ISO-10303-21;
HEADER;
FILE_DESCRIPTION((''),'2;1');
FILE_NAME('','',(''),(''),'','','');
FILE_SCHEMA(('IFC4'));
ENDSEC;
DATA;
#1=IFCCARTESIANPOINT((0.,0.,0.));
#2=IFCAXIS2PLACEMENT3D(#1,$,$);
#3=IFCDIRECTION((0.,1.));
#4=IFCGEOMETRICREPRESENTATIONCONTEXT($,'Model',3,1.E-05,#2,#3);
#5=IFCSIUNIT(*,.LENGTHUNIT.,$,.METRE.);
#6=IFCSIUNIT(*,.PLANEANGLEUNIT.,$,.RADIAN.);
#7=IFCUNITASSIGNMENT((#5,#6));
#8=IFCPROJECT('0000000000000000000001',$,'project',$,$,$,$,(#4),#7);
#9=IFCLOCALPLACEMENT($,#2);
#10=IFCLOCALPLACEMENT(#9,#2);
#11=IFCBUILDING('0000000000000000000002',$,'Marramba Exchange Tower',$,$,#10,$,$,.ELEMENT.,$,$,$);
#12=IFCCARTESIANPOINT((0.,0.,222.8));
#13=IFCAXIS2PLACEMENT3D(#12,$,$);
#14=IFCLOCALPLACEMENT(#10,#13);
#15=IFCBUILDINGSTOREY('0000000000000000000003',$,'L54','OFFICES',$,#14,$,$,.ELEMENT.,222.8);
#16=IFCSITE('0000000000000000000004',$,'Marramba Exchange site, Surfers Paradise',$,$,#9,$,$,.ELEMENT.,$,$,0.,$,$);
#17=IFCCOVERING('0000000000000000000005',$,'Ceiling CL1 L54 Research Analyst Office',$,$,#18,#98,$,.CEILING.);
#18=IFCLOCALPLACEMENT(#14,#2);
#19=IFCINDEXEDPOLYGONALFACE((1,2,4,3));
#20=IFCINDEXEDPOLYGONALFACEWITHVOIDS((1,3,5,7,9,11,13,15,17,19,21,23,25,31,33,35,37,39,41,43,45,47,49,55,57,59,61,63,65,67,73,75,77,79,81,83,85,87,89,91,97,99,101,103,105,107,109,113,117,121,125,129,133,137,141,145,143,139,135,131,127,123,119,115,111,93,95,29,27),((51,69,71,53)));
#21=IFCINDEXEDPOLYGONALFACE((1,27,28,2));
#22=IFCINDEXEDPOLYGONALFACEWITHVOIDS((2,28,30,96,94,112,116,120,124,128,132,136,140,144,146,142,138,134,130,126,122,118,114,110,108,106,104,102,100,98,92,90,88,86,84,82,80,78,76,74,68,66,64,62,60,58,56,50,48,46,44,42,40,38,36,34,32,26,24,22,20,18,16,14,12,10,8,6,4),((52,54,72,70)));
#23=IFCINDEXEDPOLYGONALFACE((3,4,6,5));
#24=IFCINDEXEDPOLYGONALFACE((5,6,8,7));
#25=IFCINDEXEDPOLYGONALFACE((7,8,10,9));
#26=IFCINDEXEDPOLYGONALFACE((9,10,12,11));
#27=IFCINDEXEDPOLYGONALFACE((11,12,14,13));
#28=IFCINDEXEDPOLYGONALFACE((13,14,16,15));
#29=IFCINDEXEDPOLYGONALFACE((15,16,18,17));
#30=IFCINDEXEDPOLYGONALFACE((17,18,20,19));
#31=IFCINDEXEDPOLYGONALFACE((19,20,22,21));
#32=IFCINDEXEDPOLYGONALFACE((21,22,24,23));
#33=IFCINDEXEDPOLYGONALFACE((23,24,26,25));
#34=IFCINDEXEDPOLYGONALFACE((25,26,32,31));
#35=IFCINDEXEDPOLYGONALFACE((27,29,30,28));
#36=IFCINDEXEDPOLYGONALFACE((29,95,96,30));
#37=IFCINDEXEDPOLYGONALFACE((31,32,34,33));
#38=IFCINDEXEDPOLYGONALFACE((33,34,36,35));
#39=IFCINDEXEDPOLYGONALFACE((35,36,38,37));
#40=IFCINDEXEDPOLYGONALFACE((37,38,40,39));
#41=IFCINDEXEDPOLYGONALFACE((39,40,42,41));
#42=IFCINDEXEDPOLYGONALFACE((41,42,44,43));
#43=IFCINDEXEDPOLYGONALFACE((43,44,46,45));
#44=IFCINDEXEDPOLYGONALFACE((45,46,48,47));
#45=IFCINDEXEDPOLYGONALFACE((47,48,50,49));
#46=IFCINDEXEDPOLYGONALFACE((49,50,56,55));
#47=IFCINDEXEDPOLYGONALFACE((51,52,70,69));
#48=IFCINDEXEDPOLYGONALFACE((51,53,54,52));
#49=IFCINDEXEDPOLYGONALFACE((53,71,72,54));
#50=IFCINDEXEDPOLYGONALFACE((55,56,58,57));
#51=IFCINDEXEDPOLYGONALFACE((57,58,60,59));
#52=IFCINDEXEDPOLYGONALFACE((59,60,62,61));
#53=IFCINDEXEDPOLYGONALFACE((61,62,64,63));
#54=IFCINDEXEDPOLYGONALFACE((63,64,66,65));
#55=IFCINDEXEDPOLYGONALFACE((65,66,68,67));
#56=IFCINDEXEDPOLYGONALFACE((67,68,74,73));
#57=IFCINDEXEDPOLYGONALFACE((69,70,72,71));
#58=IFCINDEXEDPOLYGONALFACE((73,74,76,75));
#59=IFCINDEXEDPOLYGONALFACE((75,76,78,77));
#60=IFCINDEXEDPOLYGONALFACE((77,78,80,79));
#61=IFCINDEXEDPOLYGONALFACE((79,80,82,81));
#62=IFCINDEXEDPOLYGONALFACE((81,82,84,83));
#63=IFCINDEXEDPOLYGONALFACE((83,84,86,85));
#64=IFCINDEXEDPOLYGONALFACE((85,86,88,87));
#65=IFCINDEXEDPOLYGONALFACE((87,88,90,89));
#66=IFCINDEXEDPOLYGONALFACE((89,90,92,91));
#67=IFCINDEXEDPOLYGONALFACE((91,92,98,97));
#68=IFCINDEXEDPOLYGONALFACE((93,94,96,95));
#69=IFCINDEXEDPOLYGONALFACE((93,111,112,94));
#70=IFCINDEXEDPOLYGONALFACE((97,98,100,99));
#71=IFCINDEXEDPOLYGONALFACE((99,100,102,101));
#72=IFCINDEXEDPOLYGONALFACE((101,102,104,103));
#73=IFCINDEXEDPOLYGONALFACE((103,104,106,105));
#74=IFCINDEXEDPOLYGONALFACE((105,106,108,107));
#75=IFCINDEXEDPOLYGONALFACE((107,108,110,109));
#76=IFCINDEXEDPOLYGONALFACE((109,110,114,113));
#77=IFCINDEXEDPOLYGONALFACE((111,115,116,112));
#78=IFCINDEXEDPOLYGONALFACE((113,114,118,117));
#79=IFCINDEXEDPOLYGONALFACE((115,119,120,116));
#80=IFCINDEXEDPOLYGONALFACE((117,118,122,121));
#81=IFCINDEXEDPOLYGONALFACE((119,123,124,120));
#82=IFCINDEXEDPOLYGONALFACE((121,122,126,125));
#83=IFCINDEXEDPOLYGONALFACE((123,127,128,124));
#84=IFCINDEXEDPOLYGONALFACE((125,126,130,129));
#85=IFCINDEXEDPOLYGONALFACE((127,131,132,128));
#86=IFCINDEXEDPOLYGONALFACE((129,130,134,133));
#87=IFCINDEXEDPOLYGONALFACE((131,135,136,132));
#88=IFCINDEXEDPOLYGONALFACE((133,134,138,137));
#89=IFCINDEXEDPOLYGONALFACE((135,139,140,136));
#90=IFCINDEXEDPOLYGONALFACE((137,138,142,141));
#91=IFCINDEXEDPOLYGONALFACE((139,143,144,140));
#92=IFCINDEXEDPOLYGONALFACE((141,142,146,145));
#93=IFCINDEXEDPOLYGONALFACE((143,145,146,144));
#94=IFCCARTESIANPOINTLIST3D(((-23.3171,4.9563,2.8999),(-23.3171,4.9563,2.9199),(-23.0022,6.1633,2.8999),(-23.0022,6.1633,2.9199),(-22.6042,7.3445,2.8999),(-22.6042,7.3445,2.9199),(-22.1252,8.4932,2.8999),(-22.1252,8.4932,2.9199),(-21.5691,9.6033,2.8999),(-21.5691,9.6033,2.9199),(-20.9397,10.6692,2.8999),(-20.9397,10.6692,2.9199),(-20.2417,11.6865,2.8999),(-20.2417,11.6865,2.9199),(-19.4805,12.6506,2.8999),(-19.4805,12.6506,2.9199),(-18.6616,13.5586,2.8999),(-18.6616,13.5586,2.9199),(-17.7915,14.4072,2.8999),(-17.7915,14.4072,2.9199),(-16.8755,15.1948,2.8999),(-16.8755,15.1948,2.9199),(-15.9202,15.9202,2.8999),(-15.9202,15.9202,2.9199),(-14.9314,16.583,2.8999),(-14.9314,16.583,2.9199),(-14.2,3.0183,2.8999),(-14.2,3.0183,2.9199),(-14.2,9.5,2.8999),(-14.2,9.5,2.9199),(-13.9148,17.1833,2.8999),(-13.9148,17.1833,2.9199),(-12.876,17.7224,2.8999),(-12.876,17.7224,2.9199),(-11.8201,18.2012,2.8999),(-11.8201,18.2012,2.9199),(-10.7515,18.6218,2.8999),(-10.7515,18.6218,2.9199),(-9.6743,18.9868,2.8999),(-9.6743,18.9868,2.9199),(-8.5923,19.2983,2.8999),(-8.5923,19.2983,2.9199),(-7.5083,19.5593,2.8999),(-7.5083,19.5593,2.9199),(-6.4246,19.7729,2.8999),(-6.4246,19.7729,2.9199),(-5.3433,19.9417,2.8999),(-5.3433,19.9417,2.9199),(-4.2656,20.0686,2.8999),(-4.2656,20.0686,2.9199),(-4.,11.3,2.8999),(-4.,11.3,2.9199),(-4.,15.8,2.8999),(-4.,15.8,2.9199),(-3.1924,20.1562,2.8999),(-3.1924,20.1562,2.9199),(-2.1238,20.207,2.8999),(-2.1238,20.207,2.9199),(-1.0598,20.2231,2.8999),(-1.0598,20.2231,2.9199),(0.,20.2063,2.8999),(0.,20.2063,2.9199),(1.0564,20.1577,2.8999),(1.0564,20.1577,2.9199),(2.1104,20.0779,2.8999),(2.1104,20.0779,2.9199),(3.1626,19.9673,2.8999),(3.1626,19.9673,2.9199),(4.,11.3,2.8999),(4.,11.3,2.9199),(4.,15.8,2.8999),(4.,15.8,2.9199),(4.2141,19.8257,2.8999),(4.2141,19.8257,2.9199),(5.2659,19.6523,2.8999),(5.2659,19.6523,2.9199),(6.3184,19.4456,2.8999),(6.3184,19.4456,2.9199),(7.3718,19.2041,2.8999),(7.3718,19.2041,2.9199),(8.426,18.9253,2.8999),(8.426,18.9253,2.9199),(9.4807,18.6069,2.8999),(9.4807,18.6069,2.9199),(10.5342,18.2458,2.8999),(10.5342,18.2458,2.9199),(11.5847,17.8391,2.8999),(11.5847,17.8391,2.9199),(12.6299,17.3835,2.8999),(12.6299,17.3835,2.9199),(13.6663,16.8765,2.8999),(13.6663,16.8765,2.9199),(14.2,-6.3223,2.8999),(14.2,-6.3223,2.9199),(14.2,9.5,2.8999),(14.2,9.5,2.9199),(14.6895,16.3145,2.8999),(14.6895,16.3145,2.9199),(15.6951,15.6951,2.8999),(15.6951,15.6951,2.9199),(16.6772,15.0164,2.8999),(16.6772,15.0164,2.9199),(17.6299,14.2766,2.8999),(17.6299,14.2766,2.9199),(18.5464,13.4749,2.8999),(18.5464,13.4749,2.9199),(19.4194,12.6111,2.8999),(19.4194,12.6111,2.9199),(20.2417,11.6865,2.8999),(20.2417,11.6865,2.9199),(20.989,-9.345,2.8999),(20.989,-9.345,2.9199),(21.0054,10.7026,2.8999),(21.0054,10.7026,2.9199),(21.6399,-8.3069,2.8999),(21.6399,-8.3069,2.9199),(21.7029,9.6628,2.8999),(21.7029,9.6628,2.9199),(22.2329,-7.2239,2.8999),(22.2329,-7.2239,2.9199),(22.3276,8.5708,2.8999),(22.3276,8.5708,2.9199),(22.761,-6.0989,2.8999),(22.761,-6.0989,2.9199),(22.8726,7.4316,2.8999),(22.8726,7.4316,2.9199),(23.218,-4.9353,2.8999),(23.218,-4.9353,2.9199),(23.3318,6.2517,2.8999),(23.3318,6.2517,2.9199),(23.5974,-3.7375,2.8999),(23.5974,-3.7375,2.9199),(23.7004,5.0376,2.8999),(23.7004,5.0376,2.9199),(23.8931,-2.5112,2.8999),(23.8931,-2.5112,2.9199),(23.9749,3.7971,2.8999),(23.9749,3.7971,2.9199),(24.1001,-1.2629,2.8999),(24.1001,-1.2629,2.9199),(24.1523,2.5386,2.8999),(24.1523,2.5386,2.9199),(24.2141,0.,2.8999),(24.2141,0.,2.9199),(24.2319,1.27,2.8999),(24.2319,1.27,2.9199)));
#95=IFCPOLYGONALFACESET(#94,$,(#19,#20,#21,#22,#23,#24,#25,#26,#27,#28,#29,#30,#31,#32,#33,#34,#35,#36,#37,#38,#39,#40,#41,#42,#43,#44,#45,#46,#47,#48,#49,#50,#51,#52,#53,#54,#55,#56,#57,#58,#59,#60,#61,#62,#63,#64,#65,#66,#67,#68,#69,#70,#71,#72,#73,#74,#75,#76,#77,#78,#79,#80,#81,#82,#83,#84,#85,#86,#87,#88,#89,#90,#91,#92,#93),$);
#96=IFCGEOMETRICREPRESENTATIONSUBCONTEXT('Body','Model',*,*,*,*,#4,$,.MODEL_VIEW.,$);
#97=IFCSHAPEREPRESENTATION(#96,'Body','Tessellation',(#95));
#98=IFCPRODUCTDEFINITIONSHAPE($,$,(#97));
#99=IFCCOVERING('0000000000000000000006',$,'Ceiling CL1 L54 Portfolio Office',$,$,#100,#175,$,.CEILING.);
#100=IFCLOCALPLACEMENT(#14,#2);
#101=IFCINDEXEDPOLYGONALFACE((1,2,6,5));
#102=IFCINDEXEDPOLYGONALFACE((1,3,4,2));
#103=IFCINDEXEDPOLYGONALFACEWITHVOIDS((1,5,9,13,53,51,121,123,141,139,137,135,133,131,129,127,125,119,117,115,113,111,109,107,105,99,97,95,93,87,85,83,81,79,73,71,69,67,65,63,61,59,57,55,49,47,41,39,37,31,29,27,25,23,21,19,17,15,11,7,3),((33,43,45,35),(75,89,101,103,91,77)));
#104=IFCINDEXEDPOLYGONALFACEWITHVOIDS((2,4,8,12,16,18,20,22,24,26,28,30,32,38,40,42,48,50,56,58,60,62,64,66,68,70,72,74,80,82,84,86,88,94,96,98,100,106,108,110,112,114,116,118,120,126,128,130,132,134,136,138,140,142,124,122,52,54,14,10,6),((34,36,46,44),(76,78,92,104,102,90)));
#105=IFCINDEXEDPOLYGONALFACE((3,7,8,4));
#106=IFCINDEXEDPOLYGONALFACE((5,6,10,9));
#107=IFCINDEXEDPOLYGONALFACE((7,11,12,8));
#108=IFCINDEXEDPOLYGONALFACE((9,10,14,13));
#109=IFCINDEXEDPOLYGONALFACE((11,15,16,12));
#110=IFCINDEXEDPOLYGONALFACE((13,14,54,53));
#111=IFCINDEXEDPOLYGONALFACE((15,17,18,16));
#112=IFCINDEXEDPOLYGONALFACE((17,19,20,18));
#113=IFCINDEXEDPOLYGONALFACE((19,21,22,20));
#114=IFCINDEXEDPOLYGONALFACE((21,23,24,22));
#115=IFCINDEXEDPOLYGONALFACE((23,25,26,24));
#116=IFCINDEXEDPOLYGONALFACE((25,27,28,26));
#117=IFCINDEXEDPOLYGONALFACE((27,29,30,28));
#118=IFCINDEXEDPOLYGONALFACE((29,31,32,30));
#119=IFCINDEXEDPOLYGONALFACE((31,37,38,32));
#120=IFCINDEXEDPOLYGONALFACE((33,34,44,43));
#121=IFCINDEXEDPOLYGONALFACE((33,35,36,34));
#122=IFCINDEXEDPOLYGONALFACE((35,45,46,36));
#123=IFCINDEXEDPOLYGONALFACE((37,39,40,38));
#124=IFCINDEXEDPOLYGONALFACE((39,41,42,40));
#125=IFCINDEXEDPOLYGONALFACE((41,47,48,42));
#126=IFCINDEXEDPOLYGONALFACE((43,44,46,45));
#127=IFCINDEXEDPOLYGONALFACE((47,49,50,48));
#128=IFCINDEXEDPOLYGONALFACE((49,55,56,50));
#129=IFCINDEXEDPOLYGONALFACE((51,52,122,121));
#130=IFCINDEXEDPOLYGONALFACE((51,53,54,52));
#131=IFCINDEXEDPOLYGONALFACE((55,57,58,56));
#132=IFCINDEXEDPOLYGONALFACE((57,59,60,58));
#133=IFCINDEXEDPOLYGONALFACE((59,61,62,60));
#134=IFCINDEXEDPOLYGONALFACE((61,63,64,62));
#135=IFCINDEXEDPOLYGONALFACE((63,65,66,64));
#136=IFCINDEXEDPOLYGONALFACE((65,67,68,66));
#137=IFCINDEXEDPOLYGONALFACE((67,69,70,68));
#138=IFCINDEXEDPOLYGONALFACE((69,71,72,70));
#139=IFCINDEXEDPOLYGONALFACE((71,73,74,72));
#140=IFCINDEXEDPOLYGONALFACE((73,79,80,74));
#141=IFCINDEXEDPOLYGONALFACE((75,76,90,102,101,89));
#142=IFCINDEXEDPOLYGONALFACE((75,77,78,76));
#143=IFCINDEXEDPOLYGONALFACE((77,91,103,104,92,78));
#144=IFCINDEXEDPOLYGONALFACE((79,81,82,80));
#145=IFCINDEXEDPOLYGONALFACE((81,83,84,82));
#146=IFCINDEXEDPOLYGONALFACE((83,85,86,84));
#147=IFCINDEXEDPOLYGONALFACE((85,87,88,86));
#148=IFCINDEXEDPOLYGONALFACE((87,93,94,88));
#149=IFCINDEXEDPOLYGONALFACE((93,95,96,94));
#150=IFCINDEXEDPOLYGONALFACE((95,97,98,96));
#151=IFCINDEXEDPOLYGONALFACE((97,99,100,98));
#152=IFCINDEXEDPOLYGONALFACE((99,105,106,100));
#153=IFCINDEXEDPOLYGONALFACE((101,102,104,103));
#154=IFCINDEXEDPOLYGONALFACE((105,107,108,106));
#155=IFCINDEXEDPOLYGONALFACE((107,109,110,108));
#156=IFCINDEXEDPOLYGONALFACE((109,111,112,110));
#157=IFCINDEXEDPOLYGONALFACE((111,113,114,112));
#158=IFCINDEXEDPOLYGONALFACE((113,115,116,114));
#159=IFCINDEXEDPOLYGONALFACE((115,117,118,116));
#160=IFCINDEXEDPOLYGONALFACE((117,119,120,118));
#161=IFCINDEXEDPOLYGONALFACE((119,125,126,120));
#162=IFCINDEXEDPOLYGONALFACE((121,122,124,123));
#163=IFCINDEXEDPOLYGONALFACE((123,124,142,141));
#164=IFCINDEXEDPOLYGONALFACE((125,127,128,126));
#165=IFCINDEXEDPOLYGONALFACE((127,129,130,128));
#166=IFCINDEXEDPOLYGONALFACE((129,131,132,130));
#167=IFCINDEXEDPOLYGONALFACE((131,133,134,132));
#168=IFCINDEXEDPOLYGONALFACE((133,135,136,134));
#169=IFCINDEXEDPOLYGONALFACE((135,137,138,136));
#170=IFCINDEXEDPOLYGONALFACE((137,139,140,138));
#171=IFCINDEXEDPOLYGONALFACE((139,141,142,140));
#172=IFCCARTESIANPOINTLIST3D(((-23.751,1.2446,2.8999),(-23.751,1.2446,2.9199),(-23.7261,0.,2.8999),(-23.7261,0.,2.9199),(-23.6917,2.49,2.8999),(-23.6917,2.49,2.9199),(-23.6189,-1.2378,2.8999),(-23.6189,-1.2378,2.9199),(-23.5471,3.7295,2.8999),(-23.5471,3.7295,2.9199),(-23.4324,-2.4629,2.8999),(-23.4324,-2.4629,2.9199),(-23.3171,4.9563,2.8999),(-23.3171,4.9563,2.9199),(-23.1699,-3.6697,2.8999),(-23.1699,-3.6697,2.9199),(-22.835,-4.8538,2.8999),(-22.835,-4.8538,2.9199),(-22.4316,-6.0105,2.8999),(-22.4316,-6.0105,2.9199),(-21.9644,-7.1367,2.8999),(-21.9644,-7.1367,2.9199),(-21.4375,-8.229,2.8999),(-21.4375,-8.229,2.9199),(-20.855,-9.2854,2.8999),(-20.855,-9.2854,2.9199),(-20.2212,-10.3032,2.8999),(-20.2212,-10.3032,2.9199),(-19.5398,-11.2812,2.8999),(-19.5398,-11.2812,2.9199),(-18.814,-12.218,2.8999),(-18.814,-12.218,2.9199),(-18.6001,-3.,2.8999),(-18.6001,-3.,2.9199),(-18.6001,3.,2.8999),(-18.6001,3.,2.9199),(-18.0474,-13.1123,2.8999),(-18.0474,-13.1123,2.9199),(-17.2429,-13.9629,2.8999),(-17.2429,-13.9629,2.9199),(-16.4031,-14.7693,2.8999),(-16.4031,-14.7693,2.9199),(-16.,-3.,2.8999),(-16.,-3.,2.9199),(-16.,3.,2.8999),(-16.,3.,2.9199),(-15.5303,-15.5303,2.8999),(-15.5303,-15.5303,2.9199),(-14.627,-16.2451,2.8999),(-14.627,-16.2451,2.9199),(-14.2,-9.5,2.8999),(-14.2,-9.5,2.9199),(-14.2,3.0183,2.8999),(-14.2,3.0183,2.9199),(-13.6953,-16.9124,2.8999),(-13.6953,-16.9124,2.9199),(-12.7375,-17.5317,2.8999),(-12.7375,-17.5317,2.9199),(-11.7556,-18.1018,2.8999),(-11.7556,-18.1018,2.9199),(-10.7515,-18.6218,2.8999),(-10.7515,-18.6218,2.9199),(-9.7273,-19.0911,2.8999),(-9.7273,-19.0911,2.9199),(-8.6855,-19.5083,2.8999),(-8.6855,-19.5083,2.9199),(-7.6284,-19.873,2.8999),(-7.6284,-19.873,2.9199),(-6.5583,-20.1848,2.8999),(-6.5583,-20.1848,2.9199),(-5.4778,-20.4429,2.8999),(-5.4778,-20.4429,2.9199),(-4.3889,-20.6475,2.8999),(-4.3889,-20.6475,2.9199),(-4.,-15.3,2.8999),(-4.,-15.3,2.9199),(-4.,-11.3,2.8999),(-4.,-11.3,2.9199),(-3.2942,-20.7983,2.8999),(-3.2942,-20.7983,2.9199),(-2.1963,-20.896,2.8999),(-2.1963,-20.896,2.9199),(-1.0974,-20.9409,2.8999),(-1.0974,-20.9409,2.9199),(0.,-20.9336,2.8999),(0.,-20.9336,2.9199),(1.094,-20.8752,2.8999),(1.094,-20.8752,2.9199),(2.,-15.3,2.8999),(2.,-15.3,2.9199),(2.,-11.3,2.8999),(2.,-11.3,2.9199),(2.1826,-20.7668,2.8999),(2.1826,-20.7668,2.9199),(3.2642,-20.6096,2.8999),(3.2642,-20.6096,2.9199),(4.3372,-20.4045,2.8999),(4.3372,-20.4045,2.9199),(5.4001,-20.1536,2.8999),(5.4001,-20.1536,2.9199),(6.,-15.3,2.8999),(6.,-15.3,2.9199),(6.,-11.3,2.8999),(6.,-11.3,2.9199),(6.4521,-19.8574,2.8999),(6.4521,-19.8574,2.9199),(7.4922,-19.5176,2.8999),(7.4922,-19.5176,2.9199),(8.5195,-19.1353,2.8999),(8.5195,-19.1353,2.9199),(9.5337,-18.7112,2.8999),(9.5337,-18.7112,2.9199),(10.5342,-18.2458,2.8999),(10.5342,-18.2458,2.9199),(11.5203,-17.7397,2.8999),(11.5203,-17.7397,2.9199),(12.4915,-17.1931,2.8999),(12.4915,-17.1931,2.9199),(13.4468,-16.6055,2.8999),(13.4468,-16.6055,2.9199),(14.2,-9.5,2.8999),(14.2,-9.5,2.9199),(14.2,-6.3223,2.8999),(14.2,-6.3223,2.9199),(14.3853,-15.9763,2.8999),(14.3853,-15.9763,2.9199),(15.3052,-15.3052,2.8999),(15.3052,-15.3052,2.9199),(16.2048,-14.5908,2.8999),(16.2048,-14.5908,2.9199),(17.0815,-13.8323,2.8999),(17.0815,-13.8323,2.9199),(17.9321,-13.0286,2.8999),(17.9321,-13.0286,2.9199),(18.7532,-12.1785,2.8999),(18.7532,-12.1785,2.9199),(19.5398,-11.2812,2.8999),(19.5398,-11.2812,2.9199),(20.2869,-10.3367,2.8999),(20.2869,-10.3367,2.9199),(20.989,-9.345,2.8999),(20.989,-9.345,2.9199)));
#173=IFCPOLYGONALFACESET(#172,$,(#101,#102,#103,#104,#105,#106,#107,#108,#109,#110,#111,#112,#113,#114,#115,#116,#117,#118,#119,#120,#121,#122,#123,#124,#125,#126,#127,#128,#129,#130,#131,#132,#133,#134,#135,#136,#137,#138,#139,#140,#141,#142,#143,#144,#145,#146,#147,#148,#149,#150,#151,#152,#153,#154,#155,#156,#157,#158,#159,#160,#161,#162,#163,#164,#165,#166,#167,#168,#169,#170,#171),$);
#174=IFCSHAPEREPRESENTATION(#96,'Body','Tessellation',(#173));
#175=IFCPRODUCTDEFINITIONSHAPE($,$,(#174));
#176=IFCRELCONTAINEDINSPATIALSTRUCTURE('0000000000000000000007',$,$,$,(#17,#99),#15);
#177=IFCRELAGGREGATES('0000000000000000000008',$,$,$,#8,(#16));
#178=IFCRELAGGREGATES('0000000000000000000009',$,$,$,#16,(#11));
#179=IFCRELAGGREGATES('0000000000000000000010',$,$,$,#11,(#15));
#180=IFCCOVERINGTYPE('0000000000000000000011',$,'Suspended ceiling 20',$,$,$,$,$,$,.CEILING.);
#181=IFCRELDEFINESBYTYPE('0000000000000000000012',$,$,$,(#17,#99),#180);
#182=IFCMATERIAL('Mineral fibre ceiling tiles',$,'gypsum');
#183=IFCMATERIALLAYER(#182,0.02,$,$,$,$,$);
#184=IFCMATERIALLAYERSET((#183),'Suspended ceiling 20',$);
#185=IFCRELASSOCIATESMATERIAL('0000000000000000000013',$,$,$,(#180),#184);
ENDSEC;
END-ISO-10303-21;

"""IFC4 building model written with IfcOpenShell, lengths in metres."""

from ifc_helpers import new_model, si_unit, direction, frame, origin, place, context, subcontext, project, spatial, polyline, outline, extrude, material, layer, layer_set, type_object, element, save


model = new_model("IFC4")

# Units and contexts
model_context = context("Model", 3, precision=1e-05, world=origin(), true_north=direction((0.0, 1.0)))
body_context = subcontext(model_context, "Body", "Model", "MODEL_VIEW")
ifc_project = project(units=[si_unit("LENGTHUNIT", "METRE"), si_unit("PLANEANGLEUNIT", "RADIAN")], contexts=[model_context])

# Site, building, storey
site_placement = place(None, origin())
site = spatial("IfcSite", under=ifc_project, at=site_placement, Name="Marramba Exchange site, Surfers Paradise", CompositionType="ELEMENT", RefElevation=0.0)
building_placement = place(site_placement, origin())
building = spatial("IfcBuilding", under=site, at=building_placement, Name="Marramba Exchange Tower", CompositionType="ELEMENT")
storey_placement = place(building_placement, frame((0.0, 0.0, 222.8)))
storey = spatial("IfcBuildingStorey", under=building, at=storey_placement, Name="L54", Description="OFFICES", CompositionType="ELEMENT", Elevation=222.8)

# Coverings
ifc_material_1 = material(Name="Mineral fibre ceiling tiles", Category="gypsum")
ifc_layer_1 = layer(ifc_material_1, 0.02)
ifc_layer_set_1 = layer_set([ifc_layer_1], Name="Suspended ceiling 20")
covering_type = type_object("IfcCoveringType", Name="Suspended ceiling 20", PredefinedType="CEILING", material=ifc_layer_set_1)
covering_1_placement = place(storey_placement, frame((0.0, 0.0, 2.8999)))
element("IfcCovering", 1, at=covering_1_placement, inside=storey, type_object=covering_type, Name="Ceiling CL1 L54 Research Analyst Office", PredefinedType="CEILING", context=body_context, shape_type="SweptSolid", body=[
    extrude(outline(polyline([(-14.2, 9.5), (-14.2, 3.0183), (-23.3171, 4.9563), (-23.0022, 6.1633), (-22.6042, 7.3445), (-22.1252, 8.4932), (-21.5691, 9.6033), (-20.9397, 10.6692), (-20.2417, 11.6865), (-19.4805, 12.6506), (-18.6616, 13.5586), (-17.7915, 14.4072), (-16.8755, 15.1948), (-15.9202, 15.9202), (-14.9314, 16.583), (-13.9148, 17.1833), (-12.876, 17.7224), (-11.8201, 18.2012), (-10.7515, 18.6218), (-9.6743, 18.9868), (-8.5923, 19.2983), (-7.5083, 19.5593), (-6.4246, 19.7729), (-5.3433, 19.9417), (-4.2656, 20.0686), (-3.1924, 20.1562), (-2.1238, 20.207), (-1.0598, 20.2231), (0.0, 20.2063), (1.0564, 20.1577), (2.1104, 20.0779), (3.1626, 19.9673), (4.2141, 19.8257), (5.2659, 19.6523), (6.3184, 19.4456), (7.3718, 19.2041), (8.426, 18.9253), (9.4807, 18.6069), (10.5342, 18.2458), (11.5847, 17.8391), (12.6299, 17.3835), (13.6663, 16.8765), (14.6895, 16.3145), (15.6951, 15.6951), (16.6772, 15.0164), (17.6299, 14.2766), (18.5464, 13.4749), (19.4194, 12.6111), (20.2417, 11.6865), (21.0054, 10.7026), (21.7029, 9.6628), (22.3276, 8.5708), (22.8726, 7.4316), (23.3318, 6.2517), (23.7004, 5.0376), (23.9749, 3.7971), (24.1523, 2.5386), (24.2319, 1.27), (24.2141, 0.0), (24.1001, -1.2629), (23.8931, -2.5112), (23.5974, -3.7375), (23.218, -4.9353), (22.761, -6.0989), (22.2329, -7.2239), (21.6399, -8.3069), (20.989, -9.345), (14.2, -6.3223), (14.2, 9.5), (-14.2, 9.5)]), holes=[polyline([(4.0, 15.8), (-4.0, 15.8), (-4.0, 11.3), (4.0, 11.3), (4.0, 15.8)])]), origin(), (0.0, 0.0, 1.0), 0.02),
])
covering_2_placement = place(storey_placement, frame((0.0, 0.0, 2.8999)))
element("IfcCovering", 2, at=covering_2_placement, inside=storey, type_object=covering_type, Name="Ceiling CL1 L54 Portfolio Office", PredefinedType="CEILING", context=body_context, shape_type="SweptSolid", body=[
    extrude(outline(polyline([(19.5398, -11.2812), (18.7532, -12.1785), (17.9321, -13.0286), (17.0815, -13.8323), (16.2048, -14.5908), (15.3052, -15.3052), (14.3853, -15.9763), (13.4468, -16.6055), (12.4915, -17.1931), (11.5203, -17.7397), (10.5342, -18.2458), (9.5337, -18.7112), (8.5195, -19.1353), (7.4922, -19.5176), (6.4521, -19.8574), (5.4001, -20.1536), (4.3372, -20.4045), (3.2642, -20.6096), (2.1826, -20.7668), (1.094, -20.8752), (0.0, -20.9336), (-1.0974, -20.9409), (-2.1963, -20.896), (-3.2942, -20.7983), (-4.3889, -20.6475), (-5.4778, -20.4429), (-6.5583, -20.1848), (-7.6284, -19.873), (-8.6855, -19.5083), (-9.7273, -19.0911), (-10.7515, -18.6218), (-11.7556, -18.1018), (-12.7375, -17.5317), (-13.6953, -16.9124), (-14.627, -16.2451), (-15.5303, -15.5303), (-16.4031, -14.7693), (-17.2429, -13.9629), (-18.0474, -13.1123), (-18.814, -12.218), (-19.5398, -11.2812), (-20.2212, -10.3032), (-20.855, -9.2854), (-21.4375, -8.229), (-21.9644, -7.1367), (-22.4316, -6.0105), (-22.835, -4.8538), (-23.1699, -3.6697), (-23.4324, -2.4629), (-23.6189, -1.2378), (-23.7261, 0.0), (-23.751, 1.2446), (-23.6917, 2.49), (-23.5471, 3.7295), (-23.3171, 4.9563), (-14.2, 3.0183), (-14.2, -9.5), (14.2, -9.5), (14.2, -6.3223), (20.989, -9.345), (20.2869, -10.3367), (19.5398, -11.2812)]), holes=[polyline([(2.0, -15.3), (6.0, -15.3), (6.0, -11.3), (2.0, -11.3), (-4.0, -11.3), (-4.0, -15.3), (2.0, -15.3)]), polyline([(-18.6001, -3.0), (-16.0, -3.0), (-16.0, 3.0), (-18.6001, 3.0), (-18.6001, -3.0)])]), origin(), (0.0, 0.0, 1.0), 0.02),
])

save(model, "model.ifc")
